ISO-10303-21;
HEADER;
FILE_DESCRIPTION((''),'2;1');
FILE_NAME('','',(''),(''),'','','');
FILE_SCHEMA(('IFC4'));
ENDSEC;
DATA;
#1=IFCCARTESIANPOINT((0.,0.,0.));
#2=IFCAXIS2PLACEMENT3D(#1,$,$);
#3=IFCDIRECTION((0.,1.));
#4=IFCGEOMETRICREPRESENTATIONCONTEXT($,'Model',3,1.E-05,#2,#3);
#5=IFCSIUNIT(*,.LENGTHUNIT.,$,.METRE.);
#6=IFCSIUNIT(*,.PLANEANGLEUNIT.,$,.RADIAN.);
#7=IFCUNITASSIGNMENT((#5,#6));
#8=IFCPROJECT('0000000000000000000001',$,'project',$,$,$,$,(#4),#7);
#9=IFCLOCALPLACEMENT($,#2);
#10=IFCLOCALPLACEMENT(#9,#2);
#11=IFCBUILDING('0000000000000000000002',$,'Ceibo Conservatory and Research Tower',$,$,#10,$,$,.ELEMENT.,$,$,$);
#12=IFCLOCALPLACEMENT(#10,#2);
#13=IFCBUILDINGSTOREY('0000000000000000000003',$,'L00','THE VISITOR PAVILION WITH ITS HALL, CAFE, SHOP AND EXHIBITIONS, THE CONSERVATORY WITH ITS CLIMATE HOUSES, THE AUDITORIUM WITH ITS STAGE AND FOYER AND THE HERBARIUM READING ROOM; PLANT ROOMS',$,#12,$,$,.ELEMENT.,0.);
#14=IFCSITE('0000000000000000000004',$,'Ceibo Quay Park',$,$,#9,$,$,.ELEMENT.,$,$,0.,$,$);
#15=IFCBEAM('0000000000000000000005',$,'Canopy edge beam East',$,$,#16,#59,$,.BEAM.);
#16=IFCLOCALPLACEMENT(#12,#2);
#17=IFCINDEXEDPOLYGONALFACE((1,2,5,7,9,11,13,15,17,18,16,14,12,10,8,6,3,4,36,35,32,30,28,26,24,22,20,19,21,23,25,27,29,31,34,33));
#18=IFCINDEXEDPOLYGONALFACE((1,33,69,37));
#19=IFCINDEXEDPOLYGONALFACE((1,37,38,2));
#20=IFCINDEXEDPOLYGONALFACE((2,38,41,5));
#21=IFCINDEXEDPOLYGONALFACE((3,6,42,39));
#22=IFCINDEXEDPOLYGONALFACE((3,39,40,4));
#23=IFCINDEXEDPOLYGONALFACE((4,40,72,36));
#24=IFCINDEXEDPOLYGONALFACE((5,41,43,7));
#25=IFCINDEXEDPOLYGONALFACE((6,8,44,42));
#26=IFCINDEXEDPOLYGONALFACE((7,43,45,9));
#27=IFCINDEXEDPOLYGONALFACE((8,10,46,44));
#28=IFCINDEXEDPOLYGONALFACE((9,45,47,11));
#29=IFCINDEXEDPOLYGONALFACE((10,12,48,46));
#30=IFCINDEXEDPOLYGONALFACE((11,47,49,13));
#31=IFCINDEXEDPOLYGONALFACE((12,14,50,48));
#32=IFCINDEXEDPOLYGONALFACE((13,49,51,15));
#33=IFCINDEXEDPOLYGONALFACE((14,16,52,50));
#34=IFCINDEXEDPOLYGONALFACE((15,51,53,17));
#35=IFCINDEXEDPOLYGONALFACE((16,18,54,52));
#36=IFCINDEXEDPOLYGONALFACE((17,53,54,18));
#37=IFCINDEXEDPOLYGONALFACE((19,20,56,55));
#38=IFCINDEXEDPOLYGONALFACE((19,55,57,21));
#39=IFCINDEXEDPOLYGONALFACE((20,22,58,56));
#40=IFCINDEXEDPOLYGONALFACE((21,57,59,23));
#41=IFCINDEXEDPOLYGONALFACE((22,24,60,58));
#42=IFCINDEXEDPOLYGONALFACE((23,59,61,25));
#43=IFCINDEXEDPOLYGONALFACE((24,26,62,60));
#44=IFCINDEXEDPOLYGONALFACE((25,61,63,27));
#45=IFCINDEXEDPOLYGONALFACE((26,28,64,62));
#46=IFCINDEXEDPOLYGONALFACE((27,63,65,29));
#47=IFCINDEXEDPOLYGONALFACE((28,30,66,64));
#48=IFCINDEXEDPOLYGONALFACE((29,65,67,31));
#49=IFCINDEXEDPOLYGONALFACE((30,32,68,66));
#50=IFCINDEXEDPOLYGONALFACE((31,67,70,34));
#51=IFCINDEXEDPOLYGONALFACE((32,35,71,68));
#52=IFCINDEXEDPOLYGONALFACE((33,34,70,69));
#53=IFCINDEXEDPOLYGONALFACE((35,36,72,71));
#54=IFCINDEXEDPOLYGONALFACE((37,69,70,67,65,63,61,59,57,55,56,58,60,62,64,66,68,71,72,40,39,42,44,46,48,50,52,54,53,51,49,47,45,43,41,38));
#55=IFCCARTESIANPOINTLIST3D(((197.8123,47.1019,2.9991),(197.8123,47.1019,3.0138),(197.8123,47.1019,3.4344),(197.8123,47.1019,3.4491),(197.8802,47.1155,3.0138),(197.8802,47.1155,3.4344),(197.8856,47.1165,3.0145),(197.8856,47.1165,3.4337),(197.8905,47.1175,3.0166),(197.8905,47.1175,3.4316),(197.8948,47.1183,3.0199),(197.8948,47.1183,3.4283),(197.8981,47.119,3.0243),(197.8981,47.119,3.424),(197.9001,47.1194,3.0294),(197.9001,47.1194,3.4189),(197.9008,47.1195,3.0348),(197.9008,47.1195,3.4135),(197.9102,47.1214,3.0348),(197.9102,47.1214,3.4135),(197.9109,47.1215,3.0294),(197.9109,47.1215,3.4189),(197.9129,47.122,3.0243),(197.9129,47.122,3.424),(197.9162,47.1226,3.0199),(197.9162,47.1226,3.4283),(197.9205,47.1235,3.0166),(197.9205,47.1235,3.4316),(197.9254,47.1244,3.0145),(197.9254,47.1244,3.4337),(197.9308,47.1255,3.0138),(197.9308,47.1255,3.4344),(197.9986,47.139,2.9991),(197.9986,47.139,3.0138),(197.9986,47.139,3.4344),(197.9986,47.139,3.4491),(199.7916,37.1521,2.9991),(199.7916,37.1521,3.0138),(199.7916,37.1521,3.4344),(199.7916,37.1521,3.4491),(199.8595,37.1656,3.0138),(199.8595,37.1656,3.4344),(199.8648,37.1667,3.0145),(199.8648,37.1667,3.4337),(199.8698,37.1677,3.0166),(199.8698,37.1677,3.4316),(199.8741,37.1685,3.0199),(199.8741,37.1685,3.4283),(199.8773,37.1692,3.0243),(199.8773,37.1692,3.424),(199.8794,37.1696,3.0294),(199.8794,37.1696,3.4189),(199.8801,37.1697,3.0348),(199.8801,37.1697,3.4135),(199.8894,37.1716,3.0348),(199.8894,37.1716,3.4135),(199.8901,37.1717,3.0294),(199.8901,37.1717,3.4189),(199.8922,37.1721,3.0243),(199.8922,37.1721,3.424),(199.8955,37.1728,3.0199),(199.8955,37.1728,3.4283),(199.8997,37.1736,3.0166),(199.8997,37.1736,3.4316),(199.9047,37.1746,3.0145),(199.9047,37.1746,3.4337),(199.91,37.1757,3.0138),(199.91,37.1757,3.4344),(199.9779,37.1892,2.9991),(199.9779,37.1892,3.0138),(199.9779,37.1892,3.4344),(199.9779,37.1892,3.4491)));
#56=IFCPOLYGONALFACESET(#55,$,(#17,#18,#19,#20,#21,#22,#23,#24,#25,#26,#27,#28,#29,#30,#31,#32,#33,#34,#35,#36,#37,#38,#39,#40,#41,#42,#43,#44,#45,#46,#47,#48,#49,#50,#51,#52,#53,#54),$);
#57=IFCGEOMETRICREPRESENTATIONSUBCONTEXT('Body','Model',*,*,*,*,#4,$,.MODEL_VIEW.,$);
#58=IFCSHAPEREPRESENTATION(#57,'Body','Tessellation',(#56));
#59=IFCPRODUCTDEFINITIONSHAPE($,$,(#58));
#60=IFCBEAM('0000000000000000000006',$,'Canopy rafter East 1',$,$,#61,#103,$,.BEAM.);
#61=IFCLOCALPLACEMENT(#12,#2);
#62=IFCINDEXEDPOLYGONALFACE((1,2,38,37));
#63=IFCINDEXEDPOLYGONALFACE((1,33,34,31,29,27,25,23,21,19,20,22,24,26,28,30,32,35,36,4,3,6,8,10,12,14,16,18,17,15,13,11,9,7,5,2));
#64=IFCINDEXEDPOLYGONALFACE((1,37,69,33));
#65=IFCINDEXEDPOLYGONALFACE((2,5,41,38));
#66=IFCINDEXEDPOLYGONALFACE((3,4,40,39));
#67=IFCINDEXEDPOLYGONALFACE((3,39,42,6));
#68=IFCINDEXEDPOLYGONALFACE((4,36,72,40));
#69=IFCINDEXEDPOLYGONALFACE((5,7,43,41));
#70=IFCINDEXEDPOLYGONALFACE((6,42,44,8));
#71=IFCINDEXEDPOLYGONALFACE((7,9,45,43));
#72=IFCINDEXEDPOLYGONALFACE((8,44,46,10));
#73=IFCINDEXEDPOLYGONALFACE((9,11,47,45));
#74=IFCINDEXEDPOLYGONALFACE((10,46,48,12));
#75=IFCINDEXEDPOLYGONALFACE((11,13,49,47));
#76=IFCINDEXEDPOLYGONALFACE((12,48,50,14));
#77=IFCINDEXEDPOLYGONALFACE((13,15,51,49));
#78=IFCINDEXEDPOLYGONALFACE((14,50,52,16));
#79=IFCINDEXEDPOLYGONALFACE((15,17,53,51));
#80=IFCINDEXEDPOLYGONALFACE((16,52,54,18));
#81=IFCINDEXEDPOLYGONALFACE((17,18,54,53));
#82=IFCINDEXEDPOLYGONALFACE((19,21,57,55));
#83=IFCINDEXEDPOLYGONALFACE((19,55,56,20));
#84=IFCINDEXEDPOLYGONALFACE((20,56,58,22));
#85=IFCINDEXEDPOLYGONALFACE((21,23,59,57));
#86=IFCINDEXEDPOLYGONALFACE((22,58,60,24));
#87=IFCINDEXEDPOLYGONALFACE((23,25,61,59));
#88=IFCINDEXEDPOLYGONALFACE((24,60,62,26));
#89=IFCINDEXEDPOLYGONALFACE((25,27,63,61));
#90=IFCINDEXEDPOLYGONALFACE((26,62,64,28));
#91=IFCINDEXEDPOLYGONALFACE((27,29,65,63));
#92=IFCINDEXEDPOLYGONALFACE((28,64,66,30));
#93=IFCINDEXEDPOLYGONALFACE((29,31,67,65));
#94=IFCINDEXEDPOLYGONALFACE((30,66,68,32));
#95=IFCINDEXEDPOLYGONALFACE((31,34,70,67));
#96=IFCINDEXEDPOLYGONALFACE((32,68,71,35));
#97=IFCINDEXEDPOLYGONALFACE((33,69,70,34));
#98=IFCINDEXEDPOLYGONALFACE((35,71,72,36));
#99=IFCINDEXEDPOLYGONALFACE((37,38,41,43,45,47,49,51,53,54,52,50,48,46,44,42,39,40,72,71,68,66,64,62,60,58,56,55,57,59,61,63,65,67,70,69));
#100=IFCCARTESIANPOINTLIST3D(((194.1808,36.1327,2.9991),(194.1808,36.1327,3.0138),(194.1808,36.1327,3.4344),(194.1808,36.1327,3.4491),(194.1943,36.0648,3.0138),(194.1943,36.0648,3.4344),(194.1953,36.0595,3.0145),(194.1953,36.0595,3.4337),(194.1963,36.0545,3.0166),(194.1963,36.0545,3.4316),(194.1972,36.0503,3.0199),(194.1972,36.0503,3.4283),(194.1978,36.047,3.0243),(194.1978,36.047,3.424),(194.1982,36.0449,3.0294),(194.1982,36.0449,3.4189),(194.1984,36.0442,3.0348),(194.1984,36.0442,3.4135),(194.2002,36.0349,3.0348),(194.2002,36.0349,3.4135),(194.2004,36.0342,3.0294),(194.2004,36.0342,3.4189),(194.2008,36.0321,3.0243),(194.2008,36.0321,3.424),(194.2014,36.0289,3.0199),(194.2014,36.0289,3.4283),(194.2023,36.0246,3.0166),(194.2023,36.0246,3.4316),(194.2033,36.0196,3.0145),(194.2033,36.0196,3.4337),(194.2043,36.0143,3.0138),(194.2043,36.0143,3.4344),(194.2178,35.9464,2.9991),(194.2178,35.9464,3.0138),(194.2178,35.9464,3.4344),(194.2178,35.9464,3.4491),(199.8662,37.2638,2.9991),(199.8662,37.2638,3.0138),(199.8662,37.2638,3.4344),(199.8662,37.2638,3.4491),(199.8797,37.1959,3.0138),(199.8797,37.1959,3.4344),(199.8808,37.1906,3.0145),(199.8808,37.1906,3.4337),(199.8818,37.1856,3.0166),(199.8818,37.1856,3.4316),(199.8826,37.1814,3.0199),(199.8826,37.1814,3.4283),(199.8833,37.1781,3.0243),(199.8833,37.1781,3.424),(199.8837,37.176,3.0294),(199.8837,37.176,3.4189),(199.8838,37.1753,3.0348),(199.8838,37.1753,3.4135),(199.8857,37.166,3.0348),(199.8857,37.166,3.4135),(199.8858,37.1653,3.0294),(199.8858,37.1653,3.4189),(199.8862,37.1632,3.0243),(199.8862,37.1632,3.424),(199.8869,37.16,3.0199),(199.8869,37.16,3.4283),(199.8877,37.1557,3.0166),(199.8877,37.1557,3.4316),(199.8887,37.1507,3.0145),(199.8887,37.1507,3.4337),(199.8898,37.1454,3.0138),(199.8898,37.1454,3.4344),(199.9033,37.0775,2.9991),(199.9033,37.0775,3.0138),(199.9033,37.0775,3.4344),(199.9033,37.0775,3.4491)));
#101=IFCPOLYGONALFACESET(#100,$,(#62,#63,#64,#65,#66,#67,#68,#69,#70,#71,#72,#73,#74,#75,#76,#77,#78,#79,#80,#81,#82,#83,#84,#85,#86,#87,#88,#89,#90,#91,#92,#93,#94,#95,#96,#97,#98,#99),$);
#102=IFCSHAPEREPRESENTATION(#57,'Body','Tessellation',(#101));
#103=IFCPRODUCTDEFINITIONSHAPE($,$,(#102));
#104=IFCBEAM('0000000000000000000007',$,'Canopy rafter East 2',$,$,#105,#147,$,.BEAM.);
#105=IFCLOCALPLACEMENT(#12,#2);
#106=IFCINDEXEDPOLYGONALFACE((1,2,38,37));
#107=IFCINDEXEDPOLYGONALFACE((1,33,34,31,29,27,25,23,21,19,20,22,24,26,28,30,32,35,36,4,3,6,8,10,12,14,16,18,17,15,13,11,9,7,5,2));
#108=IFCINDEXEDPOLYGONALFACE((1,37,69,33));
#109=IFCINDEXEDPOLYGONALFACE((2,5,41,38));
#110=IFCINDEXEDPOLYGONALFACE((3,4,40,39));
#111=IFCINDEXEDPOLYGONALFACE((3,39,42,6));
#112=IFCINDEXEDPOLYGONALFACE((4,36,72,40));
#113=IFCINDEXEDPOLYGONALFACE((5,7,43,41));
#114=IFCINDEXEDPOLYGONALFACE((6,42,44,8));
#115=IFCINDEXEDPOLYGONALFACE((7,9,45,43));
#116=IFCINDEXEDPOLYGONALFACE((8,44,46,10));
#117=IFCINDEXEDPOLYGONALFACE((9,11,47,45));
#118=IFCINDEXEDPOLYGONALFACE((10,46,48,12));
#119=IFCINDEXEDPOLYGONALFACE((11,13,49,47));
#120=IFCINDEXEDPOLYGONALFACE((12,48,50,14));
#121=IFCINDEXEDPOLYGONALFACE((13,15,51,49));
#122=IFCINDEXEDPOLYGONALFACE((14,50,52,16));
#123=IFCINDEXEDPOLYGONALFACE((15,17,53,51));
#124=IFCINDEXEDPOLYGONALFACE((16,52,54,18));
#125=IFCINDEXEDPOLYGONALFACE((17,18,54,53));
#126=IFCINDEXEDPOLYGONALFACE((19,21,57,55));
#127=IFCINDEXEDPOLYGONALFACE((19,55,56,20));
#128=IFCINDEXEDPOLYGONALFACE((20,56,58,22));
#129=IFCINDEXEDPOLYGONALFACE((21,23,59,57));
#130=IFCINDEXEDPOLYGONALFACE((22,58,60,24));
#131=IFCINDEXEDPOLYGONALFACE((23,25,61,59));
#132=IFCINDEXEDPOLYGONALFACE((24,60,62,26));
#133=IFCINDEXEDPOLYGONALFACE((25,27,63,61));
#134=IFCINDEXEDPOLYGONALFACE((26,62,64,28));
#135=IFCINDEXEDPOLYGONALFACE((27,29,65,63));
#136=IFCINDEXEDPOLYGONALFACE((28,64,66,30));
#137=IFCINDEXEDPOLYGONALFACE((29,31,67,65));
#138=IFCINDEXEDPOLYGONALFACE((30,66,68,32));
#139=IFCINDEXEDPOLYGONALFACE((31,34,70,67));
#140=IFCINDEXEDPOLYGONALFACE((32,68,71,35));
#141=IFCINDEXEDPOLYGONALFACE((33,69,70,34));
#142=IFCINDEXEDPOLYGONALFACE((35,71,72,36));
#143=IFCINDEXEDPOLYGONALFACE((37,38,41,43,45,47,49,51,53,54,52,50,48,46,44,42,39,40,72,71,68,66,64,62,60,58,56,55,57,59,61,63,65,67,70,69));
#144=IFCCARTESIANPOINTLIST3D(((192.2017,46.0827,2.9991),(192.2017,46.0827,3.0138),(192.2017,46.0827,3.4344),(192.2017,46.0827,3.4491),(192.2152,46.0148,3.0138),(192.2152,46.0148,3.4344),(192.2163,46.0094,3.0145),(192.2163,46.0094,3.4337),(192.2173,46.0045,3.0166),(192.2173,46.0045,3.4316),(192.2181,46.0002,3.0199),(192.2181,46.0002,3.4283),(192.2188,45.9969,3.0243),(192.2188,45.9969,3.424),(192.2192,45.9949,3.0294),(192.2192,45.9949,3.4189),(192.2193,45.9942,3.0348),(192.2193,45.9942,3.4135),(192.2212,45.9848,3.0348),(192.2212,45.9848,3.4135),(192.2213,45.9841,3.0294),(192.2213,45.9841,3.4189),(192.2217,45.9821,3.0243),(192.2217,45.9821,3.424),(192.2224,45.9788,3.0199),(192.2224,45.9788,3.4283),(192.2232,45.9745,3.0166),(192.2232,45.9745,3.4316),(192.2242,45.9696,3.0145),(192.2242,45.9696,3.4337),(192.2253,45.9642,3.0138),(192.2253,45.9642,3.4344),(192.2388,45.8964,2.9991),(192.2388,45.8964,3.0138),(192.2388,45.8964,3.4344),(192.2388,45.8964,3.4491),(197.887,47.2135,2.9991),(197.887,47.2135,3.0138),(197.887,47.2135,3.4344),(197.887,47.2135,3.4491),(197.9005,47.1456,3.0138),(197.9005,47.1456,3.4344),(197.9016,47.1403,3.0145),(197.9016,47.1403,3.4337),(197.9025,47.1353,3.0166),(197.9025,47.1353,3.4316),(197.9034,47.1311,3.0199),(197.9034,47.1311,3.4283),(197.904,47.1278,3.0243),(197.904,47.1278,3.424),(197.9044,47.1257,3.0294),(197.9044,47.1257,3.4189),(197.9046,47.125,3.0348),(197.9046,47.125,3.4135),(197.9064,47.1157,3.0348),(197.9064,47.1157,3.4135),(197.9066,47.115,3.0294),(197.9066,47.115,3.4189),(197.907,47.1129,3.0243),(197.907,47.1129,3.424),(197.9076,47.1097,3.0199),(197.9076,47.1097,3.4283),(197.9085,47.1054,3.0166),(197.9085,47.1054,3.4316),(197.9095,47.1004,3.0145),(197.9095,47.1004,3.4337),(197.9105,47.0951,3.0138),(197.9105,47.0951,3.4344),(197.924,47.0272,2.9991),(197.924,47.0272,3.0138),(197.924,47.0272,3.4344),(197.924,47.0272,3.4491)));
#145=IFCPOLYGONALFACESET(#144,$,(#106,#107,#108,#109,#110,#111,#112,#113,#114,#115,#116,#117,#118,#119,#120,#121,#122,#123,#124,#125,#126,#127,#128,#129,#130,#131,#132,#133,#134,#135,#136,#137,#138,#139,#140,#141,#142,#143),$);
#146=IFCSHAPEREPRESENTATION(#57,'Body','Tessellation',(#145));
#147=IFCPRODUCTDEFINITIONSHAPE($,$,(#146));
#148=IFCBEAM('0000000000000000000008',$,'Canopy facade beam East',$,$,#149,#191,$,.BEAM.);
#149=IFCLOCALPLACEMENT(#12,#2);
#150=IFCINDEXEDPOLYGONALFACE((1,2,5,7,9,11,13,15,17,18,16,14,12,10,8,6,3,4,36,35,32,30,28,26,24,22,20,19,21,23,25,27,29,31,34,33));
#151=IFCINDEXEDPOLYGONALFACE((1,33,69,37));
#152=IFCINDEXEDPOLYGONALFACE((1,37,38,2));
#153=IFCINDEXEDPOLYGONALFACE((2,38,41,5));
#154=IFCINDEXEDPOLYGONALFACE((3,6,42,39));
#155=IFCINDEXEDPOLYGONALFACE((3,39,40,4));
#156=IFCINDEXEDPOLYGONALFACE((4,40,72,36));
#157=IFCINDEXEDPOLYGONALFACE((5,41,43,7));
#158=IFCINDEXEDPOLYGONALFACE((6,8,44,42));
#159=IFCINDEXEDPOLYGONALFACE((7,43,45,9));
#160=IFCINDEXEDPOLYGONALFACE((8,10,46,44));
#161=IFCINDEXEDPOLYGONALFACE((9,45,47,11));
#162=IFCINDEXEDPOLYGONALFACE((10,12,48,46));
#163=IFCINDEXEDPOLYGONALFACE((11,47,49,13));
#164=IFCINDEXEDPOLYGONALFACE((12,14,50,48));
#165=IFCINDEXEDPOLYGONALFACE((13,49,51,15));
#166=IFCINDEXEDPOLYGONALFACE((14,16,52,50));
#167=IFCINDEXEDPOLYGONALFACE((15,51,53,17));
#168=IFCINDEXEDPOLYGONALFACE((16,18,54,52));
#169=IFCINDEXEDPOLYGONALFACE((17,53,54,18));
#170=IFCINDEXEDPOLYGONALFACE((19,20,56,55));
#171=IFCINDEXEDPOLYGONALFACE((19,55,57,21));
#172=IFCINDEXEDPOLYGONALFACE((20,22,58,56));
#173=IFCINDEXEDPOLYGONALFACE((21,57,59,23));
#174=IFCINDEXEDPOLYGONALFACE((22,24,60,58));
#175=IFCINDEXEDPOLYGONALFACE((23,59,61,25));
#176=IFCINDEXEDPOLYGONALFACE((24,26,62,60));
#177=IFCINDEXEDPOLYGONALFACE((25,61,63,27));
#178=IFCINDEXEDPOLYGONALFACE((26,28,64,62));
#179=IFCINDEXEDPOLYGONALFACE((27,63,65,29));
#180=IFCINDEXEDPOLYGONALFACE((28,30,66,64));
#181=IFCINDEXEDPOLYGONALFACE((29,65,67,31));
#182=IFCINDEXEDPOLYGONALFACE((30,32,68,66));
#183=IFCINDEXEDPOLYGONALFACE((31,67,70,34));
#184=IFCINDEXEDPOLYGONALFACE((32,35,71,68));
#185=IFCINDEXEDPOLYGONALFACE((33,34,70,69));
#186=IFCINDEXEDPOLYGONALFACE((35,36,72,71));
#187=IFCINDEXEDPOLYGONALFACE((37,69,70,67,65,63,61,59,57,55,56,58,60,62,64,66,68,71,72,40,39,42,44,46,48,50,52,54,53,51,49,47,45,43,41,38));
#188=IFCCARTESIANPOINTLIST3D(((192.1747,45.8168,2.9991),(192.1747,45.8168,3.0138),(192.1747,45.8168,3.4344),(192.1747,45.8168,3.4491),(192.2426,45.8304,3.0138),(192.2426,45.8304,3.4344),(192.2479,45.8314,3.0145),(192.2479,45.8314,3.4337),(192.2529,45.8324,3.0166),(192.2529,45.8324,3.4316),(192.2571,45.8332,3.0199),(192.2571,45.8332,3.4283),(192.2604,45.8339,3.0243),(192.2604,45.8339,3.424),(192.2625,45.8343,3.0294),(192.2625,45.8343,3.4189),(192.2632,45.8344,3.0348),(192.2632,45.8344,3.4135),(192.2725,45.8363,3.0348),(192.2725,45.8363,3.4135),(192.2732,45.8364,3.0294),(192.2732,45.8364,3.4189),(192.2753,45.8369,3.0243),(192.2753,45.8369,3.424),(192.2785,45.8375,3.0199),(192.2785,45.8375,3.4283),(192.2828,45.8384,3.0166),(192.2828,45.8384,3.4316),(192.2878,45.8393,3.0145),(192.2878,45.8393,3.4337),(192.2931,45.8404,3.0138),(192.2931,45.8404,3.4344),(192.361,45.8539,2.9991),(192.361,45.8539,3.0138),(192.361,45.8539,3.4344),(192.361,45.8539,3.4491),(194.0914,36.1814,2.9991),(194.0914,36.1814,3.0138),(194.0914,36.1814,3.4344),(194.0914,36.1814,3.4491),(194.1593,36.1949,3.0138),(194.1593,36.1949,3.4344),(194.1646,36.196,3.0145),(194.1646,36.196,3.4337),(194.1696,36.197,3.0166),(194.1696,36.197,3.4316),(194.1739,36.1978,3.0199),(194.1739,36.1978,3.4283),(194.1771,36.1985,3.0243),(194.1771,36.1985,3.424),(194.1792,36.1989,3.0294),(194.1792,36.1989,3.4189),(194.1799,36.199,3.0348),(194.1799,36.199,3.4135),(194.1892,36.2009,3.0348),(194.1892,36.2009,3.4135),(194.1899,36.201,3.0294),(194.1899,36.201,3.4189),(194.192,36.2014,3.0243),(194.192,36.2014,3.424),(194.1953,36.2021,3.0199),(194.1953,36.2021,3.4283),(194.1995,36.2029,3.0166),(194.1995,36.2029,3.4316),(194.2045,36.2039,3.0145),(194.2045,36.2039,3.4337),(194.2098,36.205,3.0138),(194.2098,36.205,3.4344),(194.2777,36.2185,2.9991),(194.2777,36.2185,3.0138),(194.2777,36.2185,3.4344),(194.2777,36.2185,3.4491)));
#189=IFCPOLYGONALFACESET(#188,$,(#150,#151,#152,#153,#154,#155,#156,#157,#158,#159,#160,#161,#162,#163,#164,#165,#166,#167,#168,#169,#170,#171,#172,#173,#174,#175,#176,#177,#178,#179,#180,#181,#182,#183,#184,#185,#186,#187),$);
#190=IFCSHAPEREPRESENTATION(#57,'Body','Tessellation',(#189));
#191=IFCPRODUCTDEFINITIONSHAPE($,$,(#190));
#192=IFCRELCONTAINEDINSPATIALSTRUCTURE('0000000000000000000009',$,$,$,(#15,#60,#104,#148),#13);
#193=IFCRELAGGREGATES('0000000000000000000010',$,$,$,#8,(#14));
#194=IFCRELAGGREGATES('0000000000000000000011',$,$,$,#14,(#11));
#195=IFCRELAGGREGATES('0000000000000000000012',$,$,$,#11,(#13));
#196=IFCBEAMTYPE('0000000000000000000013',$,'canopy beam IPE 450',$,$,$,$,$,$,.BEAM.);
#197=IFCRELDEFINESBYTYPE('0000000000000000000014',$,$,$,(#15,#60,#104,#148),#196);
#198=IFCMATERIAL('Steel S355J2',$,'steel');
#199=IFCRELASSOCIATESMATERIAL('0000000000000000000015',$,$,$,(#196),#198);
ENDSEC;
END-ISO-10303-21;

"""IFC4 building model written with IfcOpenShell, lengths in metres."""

from ifc_helpers import new_model, si_unit, direction, frame, origin, origin_2d, place, context, subcontext, project, spatial, i_section, extrude, material, material_profile, profile_set, type_object, element, save


model = new_model("IFC4")

# Units and contexts
model_context = context("Model", 3, precision=1e-05, world=origin(), true_north=direction((0.0, 1.0)))
body_context = subcontext(model_context, "Body", "Model", "MODEL_VIEW")
ifc_project = project(units=[si_unit("LENGTHUNIT", "METRE"), si_unit("PLANEANGLEUNIT", "RADIAN")], contexts=[model_context])

# Site, building, storey
site_placement = place(None, origin())
site = spatial("IfcSite", under=ifc_project, at=site_placement, Name="Ceibo Quay Park", CompositionType="ELEMENT", RefElevation=0.0)
building_placement = place(site_placement, origin())
building = spatial("IfcBuilding", under=site, at=building_placement, Name="Ceibo Conservatory and Research Tower", CompositionType="ELEMENT")
storey_placement = place(building_placement, origin())
storey = spatial("IfcBuildingStorey", under=building, at=storey_placement, Name="L00", Description="THE VISITOR PAVILION WITH ITS HALL, CAFE, SHOP AND EXHIBITIONS, THE CONSERVATORY WITH ITS CLIMATE HOUSES, THE AUDITORIUM WITH ITS STAGE AND FOYER AND THE HERBARIUM READING ROOM; PLANT ROOMS", CompositionType="ELEMENT", Elevation=0.0)

# Beams
ifc_material_1 = material(Name="Steel S355J2", Category="steel")
ifc_material_profile_1 = material_profile(ifc_material_1, i_section(OverallWidth=0.1899, OverallDepth=0.45, WebThickness=0.0095, FlangeThickness=0.0146, FilletRadius=0.021, at=origin_2d()), Name="IPE 450")
ifc_profile_set_1 = profile_set([ifc_material_profile_1], Name="Steel S355J2")
beam_type_1 = type_object("IfcBeamType", Name="canopy beam IPE 450", PredefinedType="BEAM", material=ifc_profile_set_1)
beam_1_placement = place(storey_placement, frame((199.8848, 37.1707, 3.2241), z_axis=(-0.195102, 0.980783, 0.0), x_axis=(-0.980783, -0.195102, 0.0)))
element("IfcBeam", 1, at=beam_1_placement, inside=storey, type_object=beam_type_1, Name="Canopy edge beam East", PredefinedType="BEAM", context=body_context, shape_type="SweptSolid", body=[
    extrude(i_section(OverallWidth=0.1899, OverallDepth=0.45, WebThickness=0.0095, FlangeThickness=0.0146, FilletRadius=0.021, at=origin_2d()), origin(), (0.0, 0.0, 1.0), 10.1448),
])
beam_2_placement = place(storey_placement, frame((199.8848, 37.1707, 3.2241), z_axis=(-0.980779, -0.19512, 0.0), x_axis=(0.19512, -0.980779, 0.0)))
element("IfcBeam", 2, at=beam_2_placement, inside=storey, type_object=beam_type_1, Name="Canopy rafter East 1", PredefinedType="BEAM", context=body_context, shape_type="SweptSolid", body=[
    extrude(i_section(OverallWidth=0.1899, OverallDepth=0.45, WebThickness=0.0095, FlangeThickness=0.0146, FilletRadius=0.021, at=origin_2d()), origin(), (0.0, 0.0, 1.0), 5.7969),
])
beam_3_placement = place(storey_placement, frame((197.9055, 47.1204, 3.2241), z_axis=(-0.980786, -0.195087, 0.0), x_axis=(0.195087, -0.980786, 0.0)))
element("IfcBeam", 3, at=beam_3_placement, inside=storey, type_object=beam_type_1, Name="Canopy rafter East 2", PredefinedType="BEAM", context=body_context, shape_type="SweptSolid", body=[
    extrude(i_section(OverallWidth=0.1899, OverallDepth=0.45, WebThickness=0.0095, FlangeThickness=0.0146, FilletRadius=0.021, at=origin_2d()), origin(), (0.0, 0.0, 1.0), 5.7966),
])
beam_4_placement = place(storey_placement, frame((194.1846, 36.2, 3.2241), z_axis=(-0.195103, 0.980783, 0.0), x_axis=(-0.980783, -0.195103, 0.0)))
element("IfcBeam", 4, at=beam_4_placement, inside=storey, type_object=beam_type_1, Name="Canopy facade beam East", PredefinedType="BEAM", context=body_context, shape_type="SweptSolid", body=[
    extrude(i_section(OverallWidth=0.1899, OverallDepth=0.45, WebThickness=0.0095, FlangeThickness=0.0146, FilletRadius=0.021, at=origin_2d()), origin(), (0.0, 0.0, 1.0), 9.8242),
])

save(model, "model.ifc")
